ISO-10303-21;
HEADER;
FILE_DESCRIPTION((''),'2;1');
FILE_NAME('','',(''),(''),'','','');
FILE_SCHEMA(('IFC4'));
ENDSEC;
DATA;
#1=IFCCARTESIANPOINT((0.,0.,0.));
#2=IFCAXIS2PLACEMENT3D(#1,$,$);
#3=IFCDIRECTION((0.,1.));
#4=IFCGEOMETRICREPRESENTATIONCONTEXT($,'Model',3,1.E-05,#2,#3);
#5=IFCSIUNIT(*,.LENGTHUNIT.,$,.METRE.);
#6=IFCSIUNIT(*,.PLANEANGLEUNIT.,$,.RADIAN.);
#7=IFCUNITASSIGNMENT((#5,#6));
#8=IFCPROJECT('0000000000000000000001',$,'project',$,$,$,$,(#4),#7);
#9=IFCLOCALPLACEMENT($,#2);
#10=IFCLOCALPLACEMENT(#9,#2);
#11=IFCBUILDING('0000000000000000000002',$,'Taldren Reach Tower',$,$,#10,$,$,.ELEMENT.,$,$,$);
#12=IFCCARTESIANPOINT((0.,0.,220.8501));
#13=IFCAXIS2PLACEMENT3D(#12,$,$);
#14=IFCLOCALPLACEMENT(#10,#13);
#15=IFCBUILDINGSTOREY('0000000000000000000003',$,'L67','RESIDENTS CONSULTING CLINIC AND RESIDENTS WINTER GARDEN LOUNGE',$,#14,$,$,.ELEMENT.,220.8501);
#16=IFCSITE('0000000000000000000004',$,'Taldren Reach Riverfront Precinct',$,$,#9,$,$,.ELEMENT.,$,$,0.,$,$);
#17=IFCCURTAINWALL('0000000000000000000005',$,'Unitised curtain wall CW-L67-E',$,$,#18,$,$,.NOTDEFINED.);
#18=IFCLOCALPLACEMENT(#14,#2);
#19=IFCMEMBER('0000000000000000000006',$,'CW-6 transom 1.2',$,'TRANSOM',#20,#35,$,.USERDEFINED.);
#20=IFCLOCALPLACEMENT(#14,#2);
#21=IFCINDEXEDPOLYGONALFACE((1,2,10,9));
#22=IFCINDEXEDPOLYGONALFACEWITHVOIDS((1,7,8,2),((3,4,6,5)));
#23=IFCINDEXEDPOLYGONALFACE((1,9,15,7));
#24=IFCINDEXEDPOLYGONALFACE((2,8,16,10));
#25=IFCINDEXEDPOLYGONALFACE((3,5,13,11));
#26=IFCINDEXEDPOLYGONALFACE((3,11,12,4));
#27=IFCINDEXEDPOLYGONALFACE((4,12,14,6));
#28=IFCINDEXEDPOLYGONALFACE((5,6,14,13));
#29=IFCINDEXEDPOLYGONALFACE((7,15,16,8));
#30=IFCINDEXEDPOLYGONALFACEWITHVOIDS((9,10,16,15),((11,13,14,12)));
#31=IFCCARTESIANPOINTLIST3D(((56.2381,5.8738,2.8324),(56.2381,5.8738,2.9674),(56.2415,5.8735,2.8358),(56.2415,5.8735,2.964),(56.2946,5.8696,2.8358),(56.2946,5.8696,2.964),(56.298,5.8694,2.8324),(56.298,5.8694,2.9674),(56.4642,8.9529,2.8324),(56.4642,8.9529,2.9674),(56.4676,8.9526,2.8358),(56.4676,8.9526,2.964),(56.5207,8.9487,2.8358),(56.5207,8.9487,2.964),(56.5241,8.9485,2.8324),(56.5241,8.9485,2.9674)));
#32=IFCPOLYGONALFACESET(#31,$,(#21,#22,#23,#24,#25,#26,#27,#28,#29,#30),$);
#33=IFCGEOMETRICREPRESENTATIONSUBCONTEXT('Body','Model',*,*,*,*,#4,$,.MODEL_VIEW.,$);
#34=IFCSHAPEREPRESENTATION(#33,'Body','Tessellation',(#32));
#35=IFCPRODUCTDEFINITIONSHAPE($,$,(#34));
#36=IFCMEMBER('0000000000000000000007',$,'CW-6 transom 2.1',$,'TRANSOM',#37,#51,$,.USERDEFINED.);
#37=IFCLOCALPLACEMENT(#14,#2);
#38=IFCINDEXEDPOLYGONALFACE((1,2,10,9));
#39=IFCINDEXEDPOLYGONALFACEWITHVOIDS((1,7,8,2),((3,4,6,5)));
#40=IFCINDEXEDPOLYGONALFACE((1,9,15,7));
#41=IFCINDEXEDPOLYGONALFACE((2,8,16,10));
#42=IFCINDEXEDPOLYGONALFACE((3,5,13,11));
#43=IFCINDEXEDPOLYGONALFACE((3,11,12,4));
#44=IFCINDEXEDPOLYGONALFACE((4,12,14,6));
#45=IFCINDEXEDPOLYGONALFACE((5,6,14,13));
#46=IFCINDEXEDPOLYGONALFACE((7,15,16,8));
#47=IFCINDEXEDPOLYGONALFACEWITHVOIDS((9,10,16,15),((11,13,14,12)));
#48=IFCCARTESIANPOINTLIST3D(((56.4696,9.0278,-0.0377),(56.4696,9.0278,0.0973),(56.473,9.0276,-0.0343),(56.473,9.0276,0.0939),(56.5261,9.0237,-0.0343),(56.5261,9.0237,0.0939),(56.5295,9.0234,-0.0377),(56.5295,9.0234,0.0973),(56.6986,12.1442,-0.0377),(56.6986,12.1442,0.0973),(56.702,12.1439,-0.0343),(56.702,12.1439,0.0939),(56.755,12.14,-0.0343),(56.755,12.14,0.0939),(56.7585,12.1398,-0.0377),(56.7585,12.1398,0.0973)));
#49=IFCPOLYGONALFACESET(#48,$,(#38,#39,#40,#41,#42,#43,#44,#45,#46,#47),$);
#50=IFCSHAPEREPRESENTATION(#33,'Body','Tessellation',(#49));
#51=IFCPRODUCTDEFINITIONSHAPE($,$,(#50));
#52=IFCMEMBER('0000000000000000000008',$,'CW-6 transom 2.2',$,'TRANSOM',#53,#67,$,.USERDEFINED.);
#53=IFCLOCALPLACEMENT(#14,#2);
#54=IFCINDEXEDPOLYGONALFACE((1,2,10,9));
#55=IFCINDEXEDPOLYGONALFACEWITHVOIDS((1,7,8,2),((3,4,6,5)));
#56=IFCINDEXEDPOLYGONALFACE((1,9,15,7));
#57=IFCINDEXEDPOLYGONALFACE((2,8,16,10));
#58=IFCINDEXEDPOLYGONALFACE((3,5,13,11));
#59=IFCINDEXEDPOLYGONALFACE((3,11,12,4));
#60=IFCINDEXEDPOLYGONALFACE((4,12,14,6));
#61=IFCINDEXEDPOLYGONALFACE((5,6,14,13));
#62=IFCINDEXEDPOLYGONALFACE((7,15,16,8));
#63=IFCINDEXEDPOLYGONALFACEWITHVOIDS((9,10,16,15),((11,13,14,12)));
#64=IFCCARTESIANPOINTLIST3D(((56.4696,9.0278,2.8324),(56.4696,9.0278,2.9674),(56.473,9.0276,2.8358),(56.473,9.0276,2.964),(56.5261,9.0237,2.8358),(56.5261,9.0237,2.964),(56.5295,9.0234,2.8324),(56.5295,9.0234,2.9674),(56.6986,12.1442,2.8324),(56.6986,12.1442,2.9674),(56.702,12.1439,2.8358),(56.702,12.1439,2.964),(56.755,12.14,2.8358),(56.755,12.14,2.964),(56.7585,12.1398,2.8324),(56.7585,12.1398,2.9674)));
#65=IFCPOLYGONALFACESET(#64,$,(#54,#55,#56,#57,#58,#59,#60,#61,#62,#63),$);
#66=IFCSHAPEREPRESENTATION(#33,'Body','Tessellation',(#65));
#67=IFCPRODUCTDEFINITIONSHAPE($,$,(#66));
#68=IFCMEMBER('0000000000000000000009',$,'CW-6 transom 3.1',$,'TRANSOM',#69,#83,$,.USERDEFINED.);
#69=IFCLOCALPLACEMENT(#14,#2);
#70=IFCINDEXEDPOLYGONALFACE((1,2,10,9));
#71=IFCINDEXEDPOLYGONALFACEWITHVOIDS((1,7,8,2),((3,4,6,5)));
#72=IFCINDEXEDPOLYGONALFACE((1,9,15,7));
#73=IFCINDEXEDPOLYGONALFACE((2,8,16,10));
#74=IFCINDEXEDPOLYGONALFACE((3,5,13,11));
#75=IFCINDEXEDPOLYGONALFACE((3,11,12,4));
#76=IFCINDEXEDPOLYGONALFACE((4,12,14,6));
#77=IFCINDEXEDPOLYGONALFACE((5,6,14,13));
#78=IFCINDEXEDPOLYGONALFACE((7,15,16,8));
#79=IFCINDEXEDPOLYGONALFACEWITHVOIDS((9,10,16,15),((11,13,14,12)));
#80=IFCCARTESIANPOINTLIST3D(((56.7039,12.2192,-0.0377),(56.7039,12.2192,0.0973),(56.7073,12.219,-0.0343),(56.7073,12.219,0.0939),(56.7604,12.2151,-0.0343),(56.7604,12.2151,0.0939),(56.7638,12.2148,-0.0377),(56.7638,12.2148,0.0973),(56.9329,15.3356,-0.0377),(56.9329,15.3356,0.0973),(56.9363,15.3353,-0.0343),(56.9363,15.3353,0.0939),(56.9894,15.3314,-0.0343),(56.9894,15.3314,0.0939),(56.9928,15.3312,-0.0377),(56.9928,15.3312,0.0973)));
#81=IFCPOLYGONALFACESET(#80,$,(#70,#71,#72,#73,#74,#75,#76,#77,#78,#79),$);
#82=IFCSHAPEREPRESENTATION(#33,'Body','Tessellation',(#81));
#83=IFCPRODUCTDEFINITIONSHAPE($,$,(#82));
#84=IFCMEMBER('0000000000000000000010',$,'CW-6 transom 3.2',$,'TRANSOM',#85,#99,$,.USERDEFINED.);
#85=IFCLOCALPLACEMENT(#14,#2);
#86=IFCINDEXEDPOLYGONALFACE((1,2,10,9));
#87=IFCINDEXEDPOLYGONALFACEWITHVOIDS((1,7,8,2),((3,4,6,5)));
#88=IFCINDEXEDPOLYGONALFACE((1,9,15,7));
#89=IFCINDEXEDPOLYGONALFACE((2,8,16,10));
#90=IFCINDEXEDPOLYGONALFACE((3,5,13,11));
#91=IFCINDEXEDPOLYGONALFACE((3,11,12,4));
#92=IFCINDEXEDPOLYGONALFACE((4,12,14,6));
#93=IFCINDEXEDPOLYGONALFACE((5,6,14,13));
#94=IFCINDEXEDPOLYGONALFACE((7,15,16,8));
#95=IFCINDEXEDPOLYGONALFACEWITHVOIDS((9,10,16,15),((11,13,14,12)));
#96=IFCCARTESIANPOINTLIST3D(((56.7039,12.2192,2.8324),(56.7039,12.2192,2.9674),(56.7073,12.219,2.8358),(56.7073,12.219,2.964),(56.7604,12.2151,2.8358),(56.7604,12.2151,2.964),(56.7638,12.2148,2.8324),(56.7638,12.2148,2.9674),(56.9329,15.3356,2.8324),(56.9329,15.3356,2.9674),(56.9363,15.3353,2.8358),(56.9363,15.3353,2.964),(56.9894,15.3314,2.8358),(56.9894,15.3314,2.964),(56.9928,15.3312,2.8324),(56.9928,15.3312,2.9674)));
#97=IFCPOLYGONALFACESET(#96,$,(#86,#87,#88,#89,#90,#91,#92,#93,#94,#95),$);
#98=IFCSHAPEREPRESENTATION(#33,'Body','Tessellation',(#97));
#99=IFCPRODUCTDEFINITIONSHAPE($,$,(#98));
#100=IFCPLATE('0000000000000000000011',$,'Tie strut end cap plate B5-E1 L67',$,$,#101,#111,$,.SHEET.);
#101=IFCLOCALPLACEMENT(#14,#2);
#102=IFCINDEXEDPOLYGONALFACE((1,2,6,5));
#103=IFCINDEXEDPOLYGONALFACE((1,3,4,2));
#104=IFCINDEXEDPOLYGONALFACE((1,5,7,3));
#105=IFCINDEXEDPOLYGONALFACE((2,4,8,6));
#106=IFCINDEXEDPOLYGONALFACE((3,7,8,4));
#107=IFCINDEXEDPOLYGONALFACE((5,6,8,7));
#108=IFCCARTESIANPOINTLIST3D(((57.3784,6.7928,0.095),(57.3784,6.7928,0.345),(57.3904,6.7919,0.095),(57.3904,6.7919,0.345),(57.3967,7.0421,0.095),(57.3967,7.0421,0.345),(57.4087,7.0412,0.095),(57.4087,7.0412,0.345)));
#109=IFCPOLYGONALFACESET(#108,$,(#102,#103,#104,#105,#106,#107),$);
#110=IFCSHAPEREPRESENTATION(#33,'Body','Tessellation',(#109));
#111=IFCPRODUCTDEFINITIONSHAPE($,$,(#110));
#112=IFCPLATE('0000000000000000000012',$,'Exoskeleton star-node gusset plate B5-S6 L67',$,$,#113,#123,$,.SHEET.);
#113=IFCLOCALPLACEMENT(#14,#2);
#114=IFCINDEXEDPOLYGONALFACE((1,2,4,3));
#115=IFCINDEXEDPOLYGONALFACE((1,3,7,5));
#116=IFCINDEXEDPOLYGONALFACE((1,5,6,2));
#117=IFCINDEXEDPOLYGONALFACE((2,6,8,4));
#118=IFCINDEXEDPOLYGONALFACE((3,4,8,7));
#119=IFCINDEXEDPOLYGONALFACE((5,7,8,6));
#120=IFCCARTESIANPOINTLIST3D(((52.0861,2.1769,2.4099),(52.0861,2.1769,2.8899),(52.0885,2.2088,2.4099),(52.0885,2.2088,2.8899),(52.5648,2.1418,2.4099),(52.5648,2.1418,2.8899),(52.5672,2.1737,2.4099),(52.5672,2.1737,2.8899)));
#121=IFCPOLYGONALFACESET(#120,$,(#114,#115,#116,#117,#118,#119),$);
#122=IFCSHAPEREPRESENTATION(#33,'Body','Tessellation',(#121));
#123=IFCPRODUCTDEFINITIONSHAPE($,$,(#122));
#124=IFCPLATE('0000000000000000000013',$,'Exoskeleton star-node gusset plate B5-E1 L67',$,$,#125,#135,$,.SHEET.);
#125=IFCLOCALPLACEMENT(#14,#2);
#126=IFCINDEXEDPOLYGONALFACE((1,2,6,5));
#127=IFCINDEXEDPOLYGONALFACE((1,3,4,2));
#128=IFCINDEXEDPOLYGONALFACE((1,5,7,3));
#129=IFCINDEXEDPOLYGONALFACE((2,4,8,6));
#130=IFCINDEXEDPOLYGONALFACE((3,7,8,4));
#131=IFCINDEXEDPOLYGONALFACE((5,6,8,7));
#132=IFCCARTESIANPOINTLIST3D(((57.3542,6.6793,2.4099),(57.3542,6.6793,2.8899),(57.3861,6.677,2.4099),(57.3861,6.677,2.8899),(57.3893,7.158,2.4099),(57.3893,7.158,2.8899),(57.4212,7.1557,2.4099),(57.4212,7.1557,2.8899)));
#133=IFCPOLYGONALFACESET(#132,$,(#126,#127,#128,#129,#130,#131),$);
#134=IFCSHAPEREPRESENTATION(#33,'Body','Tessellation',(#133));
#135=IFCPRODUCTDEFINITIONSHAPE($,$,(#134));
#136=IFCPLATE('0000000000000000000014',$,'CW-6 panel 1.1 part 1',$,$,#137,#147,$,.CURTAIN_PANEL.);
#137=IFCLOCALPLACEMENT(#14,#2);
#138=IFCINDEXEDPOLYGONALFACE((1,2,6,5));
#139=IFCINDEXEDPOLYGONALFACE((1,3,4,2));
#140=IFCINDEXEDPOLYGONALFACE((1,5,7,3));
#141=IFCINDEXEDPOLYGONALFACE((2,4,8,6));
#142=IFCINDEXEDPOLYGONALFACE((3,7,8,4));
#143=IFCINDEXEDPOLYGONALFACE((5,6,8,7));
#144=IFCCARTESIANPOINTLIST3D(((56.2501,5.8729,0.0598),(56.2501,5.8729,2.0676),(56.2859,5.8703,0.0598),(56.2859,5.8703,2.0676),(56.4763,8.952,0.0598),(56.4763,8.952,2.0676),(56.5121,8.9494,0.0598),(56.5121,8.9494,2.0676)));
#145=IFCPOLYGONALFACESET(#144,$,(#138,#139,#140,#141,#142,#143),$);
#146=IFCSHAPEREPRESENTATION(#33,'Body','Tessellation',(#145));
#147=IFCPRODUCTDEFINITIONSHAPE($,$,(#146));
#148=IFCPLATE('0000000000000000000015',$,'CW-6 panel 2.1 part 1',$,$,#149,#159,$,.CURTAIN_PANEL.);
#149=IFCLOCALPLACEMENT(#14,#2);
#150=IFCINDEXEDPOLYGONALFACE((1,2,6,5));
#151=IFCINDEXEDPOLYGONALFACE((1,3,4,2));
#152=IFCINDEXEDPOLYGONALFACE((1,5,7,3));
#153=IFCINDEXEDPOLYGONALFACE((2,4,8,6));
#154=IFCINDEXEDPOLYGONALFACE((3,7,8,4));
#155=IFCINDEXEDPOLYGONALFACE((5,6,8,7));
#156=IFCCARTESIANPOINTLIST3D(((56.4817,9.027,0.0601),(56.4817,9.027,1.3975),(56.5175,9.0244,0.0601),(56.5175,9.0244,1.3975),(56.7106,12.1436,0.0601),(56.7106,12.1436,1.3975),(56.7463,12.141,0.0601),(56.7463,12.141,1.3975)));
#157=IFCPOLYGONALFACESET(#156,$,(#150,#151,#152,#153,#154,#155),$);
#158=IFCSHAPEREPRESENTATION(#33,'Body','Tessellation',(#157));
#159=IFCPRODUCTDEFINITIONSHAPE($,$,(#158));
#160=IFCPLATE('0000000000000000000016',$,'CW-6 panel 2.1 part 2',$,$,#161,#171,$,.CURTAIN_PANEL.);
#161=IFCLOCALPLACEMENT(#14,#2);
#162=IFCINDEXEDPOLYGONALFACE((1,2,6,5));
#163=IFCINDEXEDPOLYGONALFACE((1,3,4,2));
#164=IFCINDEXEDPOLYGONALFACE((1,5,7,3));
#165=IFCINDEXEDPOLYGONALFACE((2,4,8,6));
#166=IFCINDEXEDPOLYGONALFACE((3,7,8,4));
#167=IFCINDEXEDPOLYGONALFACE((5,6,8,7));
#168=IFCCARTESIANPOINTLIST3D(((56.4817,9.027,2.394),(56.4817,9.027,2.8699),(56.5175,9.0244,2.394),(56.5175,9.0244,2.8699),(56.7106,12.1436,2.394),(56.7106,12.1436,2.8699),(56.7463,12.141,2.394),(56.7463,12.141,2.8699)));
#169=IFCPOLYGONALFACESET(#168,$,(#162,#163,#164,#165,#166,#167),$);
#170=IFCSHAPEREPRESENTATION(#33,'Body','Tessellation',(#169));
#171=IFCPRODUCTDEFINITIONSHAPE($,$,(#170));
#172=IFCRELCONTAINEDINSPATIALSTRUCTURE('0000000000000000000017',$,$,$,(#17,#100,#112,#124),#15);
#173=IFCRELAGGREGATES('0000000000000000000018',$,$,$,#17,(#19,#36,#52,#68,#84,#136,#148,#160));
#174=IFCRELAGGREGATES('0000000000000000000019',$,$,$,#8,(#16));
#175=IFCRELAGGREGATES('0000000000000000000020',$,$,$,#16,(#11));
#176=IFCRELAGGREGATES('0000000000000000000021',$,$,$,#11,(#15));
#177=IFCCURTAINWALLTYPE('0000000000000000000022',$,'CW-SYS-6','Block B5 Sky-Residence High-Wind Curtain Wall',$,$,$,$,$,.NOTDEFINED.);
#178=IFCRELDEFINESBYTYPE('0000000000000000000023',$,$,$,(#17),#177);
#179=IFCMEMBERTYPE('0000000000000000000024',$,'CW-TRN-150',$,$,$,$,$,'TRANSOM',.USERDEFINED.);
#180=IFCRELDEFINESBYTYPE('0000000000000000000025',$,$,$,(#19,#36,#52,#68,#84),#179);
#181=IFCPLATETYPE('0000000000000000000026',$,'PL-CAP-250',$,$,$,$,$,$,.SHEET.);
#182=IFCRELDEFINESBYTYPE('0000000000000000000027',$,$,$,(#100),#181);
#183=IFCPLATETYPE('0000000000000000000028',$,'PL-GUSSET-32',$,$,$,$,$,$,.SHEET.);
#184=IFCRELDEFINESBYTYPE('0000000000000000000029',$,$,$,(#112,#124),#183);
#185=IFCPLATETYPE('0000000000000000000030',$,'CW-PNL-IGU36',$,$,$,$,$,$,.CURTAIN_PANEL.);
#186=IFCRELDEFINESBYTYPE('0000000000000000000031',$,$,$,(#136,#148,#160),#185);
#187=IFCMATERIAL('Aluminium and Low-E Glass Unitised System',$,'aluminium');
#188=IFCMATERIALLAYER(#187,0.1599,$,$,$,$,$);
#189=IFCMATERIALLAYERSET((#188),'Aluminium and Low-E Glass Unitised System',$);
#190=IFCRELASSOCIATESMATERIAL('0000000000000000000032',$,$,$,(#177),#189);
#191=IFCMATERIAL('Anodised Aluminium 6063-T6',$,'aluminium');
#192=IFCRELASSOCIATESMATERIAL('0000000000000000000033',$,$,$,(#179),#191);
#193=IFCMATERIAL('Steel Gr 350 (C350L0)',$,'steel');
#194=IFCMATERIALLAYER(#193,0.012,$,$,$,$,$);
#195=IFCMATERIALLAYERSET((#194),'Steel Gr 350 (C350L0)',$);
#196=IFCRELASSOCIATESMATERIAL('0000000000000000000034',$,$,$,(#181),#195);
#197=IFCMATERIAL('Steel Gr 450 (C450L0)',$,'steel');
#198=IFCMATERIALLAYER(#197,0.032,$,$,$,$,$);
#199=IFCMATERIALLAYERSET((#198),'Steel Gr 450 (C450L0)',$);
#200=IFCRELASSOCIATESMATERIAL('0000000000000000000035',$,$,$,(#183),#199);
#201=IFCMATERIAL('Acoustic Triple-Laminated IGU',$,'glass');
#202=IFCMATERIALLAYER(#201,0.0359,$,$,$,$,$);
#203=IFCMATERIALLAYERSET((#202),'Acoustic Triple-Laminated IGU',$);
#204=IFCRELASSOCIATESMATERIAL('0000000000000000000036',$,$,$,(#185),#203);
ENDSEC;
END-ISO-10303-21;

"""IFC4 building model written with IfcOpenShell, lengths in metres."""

from ifc_helpers import new_model, si_unit, direction, frame, origin, origin_2d, place, context, subcontext, project, spatial, rectangle, hollow_rectangle, extrude, source, transform, mapped, material, layer, layer_set, material_profile, profile_set, type_object, element, aggregate, save


model = new_model("IFC4")

# Units and contexts
model_context = context("Model", 3, precision=1e-05, world=origin(), true_north=direction((0.0, 1.0)))
body_context = subcontext(model_context, "Body", "Model", "MODEL_VIEW")
ifc_project = project(units=[si_unit("LENGTHUNIT", "METRE"), si_unit("PLANEANGLEUNIT", "RADIAN")], contexts=[model_context])

# Site, building, storey
site_placement = place(None, origin())
site = spatial("IfcSite", under=ifc_project, at=site_placement, Name="Taldren Reach Riverfront Precinct", CompositionType="ELEMENT", RefElevation=0.0)
building_placement = place(site_placement, origin())
building = spatial("IfcBuilding", under=site, at=building_placement, Name="Taldren Reach Tower", CompositionType="ELEMENT")
storey_placement = place(building_placement, frame((0.0, 0.0, 220.8501)))
storey = spatial("IfcBuildingStorey", under=building, at=storey_placement, Name="L67", Description="RESIDENTS CONSULTING CLINIC AND RESIDENTS WINTER GARDEN LOUNGE", CompositionType="ELEMENT", Elevation=220.8501)

# Shared definitions
ifc_material_1 = material(Name="Steel Gr 350 (C350L0)", Category="steel")

# Shared definitions
ifc_material_2 = material(Name="Steel Gr 450 (C450L0)", Category="steel")

# Shared definitions
ifc_material_3 = material(Name="Aluminium and Low-E Glass Unitised System", Category="aluminium")
ifc_layer_1 = layer(ifc_material_3, 0.1599)
ifc_layer_set_1 = layer_set([ifc_layer_1], Name="Aluminium and Low-E Glass Unitised System")
curtain_wall_type = type_object("IfcCurtainWallType", Name="CW-SYS-6", Description="Block B5 Sky-Residence High-Wind Curtain Wall", PredefinedType="NOTDEFINED", material=ifc_layer_set_1)
ifc_material_4 = material(Name="Anodised Aluminium 6063-T6", Category="aluminium")

# Curtain wall, members
curtain_wall_1_placement = place(storey_placement, origin())
curtain_wall_1 = element("IfcCurtainWall", 1, at=curtain_wall_1_placement, inside=storey, type_object=curtain_wall_type, Name="Unitised curtain wall CW-L67-E", PredefinedType="NOTDEFINED")
ifc_material_profile_1 = material_profile(ifc_material_4, hollow_rectangle(XDim=0.0601, YDim=0.135, WallThickness=0.0034, at=origin_2d()), Name="ALU-135x60x3.5RHS")
ifc_profile_set_1 = profile_set([ifc_material_profile_1], Name="Anodised Aluminium 6063-T6")
member_type_1 = type_object("IfcMemberType", Name="CW-TRN-150", ElementType="TRANSOM", PredefinedType="USERDEFINED", material=ifc_profile_set_1)
shared_shape_1 = source(origin(), body_context, "Body", "SweptSolid", [
    extrude(hollow_rectangle(XDim=0.0601, YDim=0.135, WallThickness=0.0034, at=origin_2d()), origin(), (0.0, 0.0, 1.0), 3.0874),
])
member_1_placement = place(storey_placement, frame((56.2681, 5.8716, 2.8999), z_axis=(0.073225, 0.997315, 0.0), x_axis=(-0.997315, 0.073225, 0.0)))
member_1 = element("IfcMember", 2, at=member_1_placement, type_object=member_type_1, Name="CW-6 transom 1.2", ObjectType="TRANSOM", PredefinedType="USERDEFINED", context=body_context, shape_type="MappedRepresentation", body=[
    mapped(shared_shape_1, transform((0.0, 0.0, 0.0), scale=1.0)),
])
shared_shape_2 = source(origin(), body_context, "Body", "SweptSolid", [
    extrude(hollow_rectangle(XDim=0.0601, YDim=0.135, WallThickness=0.0034, at=origin_2d()), origin(), (0.0, 0.0, 1.0), 3.1248),
])
member_2_placement = place(storey_placement, frame((56.4995, 9.0256, 0.0298), z_axis=(0.073285, 0.997311, 0.0), x_axis=(-0.997311, 0.073285, 0.0)))
member_2 = element("IfcMember", 3, at=member_2_placement, type_object=member_type_1, Name="CW-6 transom 2.1", ObjectType="TRANSOM", PredefinedType="USERDEFINED", context=body_context, shape_type="MappedRepresentation", body=[
    mapped(shared_shape_2, transform((0.0, 0.0, 0.0), scale=1.0)),
])
member_3_placement = place(storey_placement, frame((56.4995, 9.0256, 2.8999), z_axis=(0.073285, 0.997311, 0.0), x_axis=(-0.997311, 0.073285, 0.0)))
member_3 = element("IfcMember", 4, at=member_3_placement, type_object=member_type_1, Name="CW-6 transom 2.2", ObjectType="TRANSOM", PredefinedType="USERDEFINED", context=body_context, shape_type="MappedRepresentation", body=[
    mapped(shared_shape_2, transform((0.0, 0.0, 0.0), scale=1.0)),
])
member_4_placement = place(storey_placement, frame((56.7339, 12.217, 0.0298), z_axis=(0.073285, 0.997311, 0.0), x_axis=(-0.997311, 0.073285, 0.0)))
member_4 = element("IfcMember", 5, at=member_4_placement, type_object=member_type_1, Name="CW-6 transom 3.1", ObjectType="TRANSOM", PredefinedType="USERDEFINED", context=body_context, shape_type="MappedRepresentation", body=[
    mapped(shared_shape_2, transform((0.0, 0.0, 0.0), scale=1.0)),
])
member_5_placement = place(storey_placement, frame((56.7339, 12.217, 2.8999), z_axis=(0.073285, 0.997311, 0.0), x_axis=(-0.997311, 0.073285, 0.0)))
member_5 = element("IfcMember", 6, at=member_5_placement, type_object=member_type_1, Name="CW-6 transom 3.2", ObjectType="TRANSOM", PredefinedType="USERDEFINED", context=body_context, shape_type="MappedRepresentation", body=[
    mapped(shared_shape_2, transform((0.0, 0.0, 0.0), scale=1.0)),
])

# Plates
ifc_layer_2 = layer(ifc_material_1, 0.012)
ifc_layer_set_2 = layer_set([ifc_layer_2], Name="Steel Gr 350 (C350L0)")
plate_type_1 = type_object("IfcPlateType", Name="PL-CAP-250", PredefinedType="SHEET", material=ifc_layer_set_2)
shared_shape_3 = source(origin(), body_context, "Body", "SweptSolid", [
    extrude(rectangle(XDim=0.012, YDim=0.25, at=origin_2d()), origin(), (0.0, 0.0, 1.0), 0.25),
])
plate_1_placement = place(storey_placement, frame((57.3936, 6.917, 0.095), z_axis=(0.0, 0.0, 1.0), x_axis=(0.997314, -0.073238, 0.0)))
element("IfcPlate", 7, at=plate_1_placement, inside=storey, type_object=plate_type_1, Name="Tie strut end cap plate B5-E1 L67", PredefinedType="SHEET", context=body_context, shape_type="MappedRepresentation", body=[
    mapped(shared_shape_3, transform((0.0, 0.0, 0.0), scale=1.0)),
])
ifc_layer_3 = layer(ifc_material_2, 0.032)
ifc_layer_set_3 = layer_set([ifc_layer_3], Name="Steel Gr 450 (C450L0)")
plate_type_2 = type_object("IfcPlateType", Name="PL-GUSSET-32", PredefinedType="SHEET", material=ifc_layer_set_3)
shared_shape_4 = source(origin(), body_context, "Body", "SweptSolid", [
    extrude(rectangle(XDim=0.48, YDim=0.032, at=origin_2d()), origin(), (0.0, 0.0, 1.0), 0.48),
])
for number, where, z_axis, x_axis, name in (
    (8, (52.3267, 2.1753, 2.4099), (0.0, 0.0, 1.0), (0.997314, -0.073238, 0.0), "Exoskeleton star-node gusset plate B5-S6 L67"),
    (9, (57.3877, 6.9175, 2.4099), (0.0, 0.0, 1.0), (0.073238, 0.997314, 0.0), "Exoskeleton star-node gusset plate B5-E1 L67"),
):
    element("IfcPlate", number, at=place(storey_placement, frame(where, z_axis=z_axis, x_axis=x_axis)), inside=storey, type_object=plate_type_2, Name=name, PredefinedType="SHEET", context=body_context, shape_type="MappedRepresentation", body=[
        mapped(shared_shape_4, transform((0.0, 0.0, 0.0), scale=1.0)),
    ])

# Plates
ifc_material_5 = material(Name="Acoustic Triple-Laminated IGU", Category="glass")
ifc_layer_4 = layer(ifc_material_5, 0.0359)
ifc_layer_set_4 = layer_set([ifc_layer_4], Name="Acoustic Triple-Laminated IGU")
plate_type_3 = type_object("IfcPlateType", Name="CW-PNL-IGU36", PredefinedType="CURTAIN_PANEL", material=ifc_layer_set_4)
shared_shape_5 = source(origin(), body_context, "Body", "SweptSolid", [
    extrude(rectangle(XDim=3.0874, YDim=0.0359, at=origin_2d()), origin(), (0.0, 0.0, 1.0), 2.0078),
])
plate_2_placement = place(storey_placement, frame((56.3811, 7.4111, 0.0598), z_axis=(0.0, 0.0, 1.0), x_axis=(0.073238, 0.997314, 0.0)))
plate_2 = element("IfcPlate", 10, at=plate_2_placement, type_object=plate_type_3, Name="CW-6 panel 1.1 part 1", PredefinedType="CURTAIN_PANEL", context=body_context, shape_type="MappedRepresentation", body=[
    mapped(shared_shape_5, transform((0.0, 0.0, 0.0), scale=1.0)),
])
shared_shape_6 = source(origin(), body_context, "Body", "SweptSolid", [
    extrude(rectangle(XDim=3.125, YDim=0.0359, at=origin_2d()), origin(), (0.0, 0.0, 1.0), 1.3374),
])
plate_3_placement = place(storey_placement, frame((56.614, 10.584, 0.0601), z_axis=(0.0, 0.0, 1.0), x_axis=(0.073238, 0.997314, 0.0)))
plate_3 = element("IfcPlate", 11, at=plate_3_placement, type_object=plate_type_3, Name="CW-6 panel 2.1 part 1", PredefinedType="CURTAIN_PANEL", context=body_context, shape_type="MappedRepresentation", body=[
    mapped(shared_shape_6, transform((0.0, 0.0, 0.0), scale=1.0)),
])
shared_shape_7 = source(origin(), body_context, "Body", "SweptSolid", [
    extrude(rectangle(XDim=3.125, YDim=0.0359, at=origin_2d()), origin(), (0.0, 0.0, 1.0), 0.4758),
])
plate_4_placement = place(storey_placement, frame((56.614, 10.584, 2.394), z_axis=(0.0, 0.0, 1.0), x_axis=(0.073238, 0.997314, 0.0)))
plate_4 = element("IfcPlate", 12, at=plate_4_placement, type_object=plate_type_3, Name="CW-6 panel 2.1 part 2", PredefinedType="CURTAIN_PANEL", context=body_context, shape_type="MappedRepresentation", body=[
    mapped(shared_shape_7, transform((0.0, 0.0, 0.0), scale=1.0)),
])
aggregate(curtain_wall_1, [member_1, member_2, member_3, member_4, member_5, plate_2, plate_3, plate_4])

save(model, "model.ifc")
